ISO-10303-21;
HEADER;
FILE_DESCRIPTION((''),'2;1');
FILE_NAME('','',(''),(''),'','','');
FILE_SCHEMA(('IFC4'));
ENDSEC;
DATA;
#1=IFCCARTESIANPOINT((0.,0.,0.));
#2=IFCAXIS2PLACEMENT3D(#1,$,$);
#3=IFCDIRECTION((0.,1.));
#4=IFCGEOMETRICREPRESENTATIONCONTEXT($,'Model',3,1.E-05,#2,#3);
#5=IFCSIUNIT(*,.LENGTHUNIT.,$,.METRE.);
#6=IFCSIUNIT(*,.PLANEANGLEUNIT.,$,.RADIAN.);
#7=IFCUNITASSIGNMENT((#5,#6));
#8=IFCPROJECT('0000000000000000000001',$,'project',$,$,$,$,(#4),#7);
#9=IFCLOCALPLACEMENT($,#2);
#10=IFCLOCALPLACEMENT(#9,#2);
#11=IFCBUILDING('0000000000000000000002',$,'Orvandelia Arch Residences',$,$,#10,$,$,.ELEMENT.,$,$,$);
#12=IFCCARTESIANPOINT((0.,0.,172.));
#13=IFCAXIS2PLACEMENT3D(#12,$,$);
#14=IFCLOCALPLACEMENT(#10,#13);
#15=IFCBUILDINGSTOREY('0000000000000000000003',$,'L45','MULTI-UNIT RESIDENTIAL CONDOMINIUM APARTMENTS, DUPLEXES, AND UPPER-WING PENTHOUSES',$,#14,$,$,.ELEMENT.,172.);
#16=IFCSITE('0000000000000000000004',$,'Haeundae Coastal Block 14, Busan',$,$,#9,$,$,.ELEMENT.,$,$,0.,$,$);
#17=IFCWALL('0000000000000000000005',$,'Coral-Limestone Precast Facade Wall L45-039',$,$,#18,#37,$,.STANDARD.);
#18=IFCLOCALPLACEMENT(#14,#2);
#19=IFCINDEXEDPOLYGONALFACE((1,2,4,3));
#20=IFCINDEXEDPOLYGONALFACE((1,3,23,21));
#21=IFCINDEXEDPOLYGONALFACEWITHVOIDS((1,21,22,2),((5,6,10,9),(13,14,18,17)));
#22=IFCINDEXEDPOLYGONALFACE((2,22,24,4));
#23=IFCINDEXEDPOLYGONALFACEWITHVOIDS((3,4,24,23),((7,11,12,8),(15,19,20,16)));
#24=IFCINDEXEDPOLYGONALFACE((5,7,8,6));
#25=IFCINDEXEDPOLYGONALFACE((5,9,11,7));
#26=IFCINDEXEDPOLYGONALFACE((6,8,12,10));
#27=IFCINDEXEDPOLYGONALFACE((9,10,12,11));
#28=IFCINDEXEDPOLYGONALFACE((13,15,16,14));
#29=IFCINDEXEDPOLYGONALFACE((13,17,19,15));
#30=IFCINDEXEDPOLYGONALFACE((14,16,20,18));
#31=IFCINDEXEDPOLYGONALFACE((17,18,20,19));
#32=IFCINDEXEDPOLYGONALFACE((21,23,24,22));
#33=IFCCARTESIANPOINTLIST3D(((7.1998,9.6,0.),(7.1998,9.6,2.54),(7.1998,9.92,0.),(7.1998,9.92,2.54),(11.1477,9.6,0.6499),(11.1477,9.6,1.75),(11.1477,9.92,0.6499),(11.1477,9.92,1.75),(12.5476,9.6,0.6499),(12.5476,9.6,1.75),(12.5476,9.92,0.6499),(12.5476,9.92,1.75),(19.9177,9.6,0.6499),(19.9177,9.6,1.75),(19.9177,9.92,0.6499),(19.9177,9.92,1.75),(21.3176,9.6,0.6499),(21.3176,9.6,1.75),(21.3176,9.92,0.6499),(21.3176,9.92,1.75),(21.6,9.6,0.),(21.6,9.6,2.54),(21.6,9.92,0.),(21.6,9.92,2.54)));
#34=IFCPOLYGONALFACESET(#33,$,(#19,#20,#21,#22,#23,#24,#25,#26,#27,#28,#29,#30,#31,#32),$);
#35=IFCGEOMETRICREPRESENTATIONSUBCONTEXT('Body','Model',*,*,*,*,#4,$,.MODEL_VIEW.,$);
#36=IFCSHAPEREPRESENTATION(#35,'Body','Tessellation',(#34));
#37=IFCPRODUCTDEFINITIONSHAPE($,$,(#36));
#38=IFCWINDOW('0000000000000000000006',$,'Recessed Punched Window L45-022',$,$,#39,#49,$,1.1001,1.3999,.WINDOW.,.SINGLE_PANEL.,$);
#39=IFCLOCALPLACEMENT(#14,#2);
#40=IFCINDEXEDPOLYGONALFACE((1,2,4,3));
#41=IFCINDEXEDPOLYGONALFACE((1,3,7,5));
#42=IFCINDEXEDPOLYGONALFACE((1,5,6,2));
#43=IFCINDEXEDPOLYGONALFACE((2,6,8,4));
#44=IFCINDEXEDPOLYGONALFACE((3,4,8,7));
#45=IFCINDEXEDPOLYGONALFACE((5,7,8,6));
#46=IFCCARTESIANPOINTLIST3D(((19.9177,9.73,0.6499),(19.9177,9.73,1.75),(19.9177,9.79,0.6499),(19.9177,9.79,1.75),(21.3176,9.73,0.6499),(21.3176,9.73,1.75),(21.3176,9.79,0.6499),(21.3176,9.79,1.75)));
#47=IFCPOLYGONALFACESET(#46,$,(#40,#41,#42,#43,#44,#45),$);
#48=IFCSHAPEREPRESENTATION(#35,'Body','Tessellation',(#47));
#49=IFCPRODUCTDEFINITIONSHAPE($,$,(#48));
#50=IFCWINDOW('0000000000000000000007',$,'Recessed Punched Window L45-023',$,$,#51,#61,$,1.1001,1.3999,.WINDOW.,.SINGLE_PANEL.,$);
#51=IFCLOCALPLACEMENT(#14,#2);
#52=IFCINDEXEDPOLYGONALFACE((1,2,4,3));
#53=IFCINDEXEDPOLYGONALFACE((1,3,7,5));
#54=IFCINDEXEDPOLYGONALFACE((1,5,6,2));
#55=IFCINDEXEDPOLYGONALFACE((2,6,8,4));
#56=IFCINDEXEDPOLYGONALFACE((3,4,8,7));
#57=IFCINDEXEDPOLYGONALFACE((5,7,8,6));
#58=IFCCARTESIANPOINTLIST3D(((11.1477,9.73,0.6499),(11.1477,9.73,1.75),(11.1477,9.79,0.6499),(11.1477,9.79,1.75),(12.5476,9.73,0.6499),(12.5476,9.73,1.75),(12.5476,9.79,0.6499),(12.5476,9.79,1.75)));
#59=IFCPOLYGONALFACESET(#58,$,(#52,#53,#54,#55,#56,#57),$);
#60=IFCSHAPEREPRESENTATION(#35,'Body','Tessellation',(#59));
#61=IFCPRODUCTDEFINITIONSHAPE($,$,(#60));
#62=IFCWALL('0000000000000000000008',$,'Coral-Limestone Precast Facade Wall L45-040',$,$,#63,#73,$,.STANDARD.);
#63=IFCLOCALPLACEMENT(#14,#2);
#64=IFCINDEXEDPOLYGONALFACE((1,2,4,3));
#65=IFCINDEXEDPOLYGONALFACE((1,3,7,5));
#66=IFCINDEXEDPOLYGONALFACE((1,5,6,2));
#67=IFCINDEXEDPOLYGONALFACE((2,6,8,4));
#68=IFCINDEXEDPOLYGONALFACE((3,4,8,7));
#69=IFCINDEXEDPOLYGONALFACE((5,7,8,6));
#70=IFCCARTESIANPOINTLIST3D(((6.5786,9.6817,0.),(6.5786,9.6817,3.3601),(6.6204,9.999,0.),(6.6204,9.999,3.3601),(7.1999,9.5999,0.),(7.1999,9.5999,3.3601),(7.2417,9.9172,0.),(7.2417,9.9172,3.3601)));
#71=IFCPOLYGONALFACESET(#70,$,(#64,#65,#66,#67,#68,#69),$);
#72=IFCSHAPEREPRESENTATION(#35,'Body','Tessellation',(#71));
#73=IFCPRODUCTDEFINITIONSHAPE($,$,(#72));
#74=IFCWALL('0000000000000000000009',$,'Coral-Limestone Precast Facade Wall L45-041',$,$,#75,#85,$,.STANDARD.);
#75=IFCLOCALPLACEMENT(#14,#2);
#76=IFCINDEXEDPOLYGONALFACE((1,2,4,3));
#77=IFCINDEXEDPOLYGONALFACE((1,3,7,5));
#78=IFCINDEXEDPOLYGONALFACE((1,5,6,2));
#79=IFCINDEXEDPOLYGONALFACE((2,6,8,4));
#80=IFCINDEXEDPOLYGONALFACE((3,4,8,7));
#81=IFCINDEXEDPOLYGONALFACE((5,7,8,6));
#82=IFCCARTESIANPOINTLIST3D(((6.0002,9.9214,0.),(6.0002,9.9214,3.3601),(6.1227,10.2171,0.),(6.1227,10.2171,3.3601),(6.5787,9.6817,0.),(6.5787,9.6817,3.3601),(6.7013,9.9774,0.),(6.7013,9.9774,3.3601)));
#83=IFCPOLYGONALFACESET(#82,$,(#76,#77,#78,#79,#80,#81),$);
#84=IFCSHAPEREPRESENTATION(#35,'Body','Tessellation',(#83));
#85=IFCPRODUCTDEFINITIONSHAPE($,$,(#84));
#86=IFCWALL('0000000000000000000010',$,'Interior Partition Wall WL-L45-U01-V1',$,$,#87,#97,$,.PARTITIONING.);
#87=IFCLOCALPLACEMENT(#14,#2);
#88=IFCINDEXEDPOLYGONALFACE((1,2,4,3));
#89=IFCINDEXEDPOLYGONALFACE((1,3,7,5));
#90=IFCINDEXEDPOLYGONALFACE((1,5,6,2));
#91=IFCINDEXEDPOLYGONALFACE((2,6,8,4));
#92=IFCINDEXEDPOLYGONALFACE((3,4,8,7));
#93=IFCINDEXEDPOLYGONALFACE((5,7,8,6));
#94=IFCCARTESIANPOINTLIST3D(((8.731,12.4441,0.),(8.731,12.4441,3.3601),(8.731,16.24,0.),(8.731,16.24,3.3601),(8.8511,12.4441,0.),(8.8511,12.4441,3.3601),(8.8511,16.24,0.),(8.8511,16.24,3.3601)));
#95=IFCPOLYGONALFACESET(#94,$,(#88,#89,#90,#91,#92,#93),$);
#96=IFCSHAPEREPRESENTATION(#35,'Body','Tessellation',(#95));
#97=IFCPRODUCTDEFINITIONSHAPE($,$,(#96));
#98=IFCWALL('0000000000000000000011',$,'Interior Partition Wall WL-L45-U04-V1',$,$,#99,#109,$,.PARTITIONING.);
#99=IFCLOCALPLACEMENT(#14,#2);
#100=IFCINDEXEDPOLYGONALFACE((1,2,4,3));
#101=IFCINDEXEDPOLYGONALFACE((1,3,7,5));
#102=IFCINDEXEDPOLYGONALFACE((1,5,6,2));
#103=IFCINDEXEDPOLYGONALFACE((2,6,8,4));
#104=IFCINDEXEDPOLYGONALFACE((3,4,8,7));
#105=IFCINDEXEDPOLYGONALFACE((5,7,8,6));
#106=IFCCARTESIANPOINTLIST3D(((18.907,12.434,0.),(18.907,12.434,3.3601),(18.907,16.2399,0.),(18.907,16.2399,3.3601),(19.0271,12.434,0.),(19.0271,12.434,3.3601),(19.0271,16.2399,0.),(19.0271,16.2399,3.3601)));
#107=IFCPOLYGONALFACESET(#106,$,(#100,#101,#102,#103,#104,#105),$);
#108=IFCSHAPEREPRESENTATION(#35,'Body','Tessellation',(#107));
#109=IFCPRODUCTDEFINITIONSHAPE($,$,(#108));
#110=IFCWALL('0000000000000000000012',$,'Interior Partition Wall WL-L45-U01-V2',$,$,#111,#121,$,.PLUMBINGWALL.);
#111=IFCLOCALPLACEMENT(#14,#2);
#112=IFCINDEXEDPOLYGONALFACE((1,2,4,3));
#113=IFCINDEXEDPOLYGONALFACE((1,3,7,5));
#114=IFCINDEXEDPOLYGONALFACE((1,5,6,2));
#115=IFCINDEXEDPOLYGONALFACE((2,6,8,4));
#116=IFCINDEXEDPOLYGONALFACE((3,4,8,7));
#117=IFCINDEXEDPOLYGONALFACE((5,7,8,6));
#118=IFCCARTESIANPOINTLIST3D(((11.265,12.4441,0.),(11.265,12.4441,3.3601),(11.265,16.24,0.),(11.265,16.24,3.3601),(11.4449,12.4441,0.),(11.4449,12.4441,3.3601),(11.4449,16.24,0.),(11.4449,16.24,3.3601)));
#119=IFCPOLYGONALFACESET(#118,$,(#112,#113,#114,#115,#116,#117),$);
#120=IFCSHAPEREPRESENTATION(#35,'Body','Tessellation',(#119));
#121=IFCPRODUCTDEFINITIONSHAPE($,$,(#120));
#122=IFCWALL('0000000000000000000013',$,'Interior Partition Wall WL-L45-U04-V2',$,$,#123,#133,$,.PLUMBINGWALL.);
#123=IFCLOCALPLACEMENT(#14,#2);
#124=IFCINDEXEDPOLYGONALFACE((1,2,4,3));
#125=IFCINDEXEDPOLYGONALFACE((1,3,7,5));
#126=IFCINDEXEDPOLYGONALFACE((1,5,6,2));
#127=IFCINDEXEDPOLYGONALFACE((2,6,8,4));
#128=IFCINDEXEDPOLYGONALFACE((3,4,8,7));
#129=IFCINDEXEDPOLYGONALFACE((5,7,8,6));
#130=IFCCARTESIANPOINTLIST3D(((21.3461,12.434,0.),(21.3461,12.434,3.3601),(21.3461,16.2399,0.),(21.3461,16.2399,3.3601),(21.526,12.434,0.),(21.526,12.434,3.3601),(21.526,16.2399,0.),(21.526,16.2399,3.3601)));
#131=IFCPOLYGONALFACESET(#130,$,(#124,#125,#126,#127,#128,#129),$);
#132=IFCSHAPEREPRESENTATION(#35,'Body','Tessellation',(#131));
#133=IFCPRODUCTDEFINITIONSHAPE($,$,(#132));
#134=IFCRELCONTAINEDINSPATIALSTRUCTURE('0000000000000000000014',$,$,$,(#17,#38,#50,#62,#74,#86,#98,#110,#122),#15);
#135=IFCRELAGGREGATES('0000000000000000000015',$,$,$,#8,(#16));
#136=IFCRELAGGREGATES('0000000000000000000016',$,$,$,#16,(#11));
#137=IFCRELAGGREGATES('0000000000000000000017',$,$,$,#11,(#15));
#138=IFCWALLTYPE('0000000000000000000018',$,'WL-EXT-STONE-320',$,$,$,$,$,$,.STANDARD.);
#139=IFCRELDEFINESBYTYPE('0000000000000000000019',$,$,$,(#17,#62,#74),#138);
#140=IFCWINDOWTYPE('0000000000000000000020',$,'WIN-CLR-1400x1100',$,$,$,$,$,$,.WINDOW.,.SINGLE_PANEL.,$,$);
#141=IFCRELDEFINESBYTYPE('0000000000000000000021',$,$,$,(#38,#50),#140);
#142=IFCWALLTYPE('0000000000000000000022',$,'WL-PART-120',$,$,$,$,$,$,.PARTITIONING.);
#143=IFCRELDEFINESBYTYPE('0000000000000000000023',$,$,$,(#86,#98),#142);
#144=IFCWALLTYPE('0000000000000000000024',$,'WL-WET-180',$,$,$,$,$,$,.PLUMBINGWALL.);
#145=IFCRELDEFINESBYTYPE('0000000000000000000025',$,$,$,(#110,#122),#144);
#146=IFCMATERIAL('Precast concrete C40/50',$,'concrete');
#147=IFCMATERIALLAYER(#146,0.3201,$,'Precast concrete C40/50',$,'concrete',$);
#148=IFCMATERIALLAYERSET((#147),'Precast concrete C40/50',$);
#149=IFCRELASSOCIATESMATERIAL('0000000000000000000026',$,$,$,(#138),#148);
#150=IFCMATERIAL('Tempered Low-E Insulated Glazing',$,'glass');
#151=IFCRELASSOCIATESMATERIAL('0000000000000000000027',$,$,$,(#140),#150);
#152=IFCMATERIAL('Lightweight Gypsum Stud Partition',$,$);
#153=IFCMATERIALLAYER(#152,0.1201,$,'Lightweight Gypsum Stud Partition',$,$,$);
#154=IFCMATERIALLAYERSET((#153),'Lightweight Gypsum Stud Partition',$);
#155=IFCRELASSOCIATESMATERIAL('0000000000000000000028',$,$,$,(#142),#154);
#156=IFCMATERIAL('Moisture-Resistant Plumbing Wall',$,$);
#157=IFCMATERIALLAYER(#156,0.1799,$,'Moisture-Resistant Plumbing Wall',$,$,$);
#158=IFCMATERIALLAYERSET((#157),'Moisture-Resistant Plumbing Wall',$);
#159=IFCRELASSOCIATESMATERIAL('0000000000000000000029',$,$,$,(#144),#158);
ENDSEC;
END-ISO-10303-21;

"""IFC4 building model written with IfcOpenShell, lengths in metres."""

from ifc_helpers import new_model, si_unit, direction, frame, frame_2d, origin, place, context, subcontext, project, spatial, rectangle, extrude, material, layer, layer_set, type_object, element, fill, save


model = new_model("IFC4")

# Units and contexts
model_context = context("Model", 3, precision=1e-05, world=origin(), true_north=direction((0.0, 1.0)))
body_context = subcontext(model_context, "Body", "Model", "MODEL_VIEW")
ifc_project = project(units=[si_unit("LENGTHUNIT", "METRE"), si_unit("PLANEANGLEUNIT", "RADIAN")], contexts=[model_context])

# Site, building, storey
site_placement = place(None, origin())
site = spatial("IfcSite", under=ifc_project, at=site_placement, Name="Haeundae Coastal Block 14, Busan", CompositionType="ELEMENT", RefElevation=0.0)
building_placement = place(site_placement, origin())
building = spatial("IfcBuilding", under=site, at=building_placement, Name="Orvandelia Arch Residences", CompositionType="ELEMENT")
storey_placement = place(building_placement, frame((0.0, 0.0, 172.0)))
storey = spatial("IfcBuildingStorey", under=building, at=storey_placement, Name="L45", Description="MULTI-UNIT RESIDENTIAL CONDOMINIUM APARTMENTS, DUPLEXES, AND UPPER-WING PENTHOUSES", CompositionType="ELEMENT", Elevation=172.0)

# Shared definitions
ifc_material_1 = material(Name="Precast concrete C40/50", Category="concrete")
ifc_layer_1 = layer(ifc_material_1, 0.3201, Name="Precast concrete C40/50", Category="concrete")
ifc_layer_set_1 = layer_set([ifc_layer_1], Name="Precast concrete C40/50")
wall_type_1 = type_object("IfcWallType", Name="WL-EXT-STONE-320", PredefinedType="STANDARD", material=ifc_layer_set_1)

# Wall, openings, windows
wall_1_placement = place(storey_placement, frame((21.6001, 9.76, 0.0), z_axis=(0.0, 0.0, 1.0), x_axis=(-1.0, 0.0, 0.0)))
wall_1 = element("IfcWall", 1, at=wall_1_placement, inside=storey, type_object=wall_type_1, Name="Coral-Limestone Precast Facade Wall L45-039", PredefinedType="STANDARD", context=body_context, shape_type="SweptSolid", body=[
    extrude(rectangle(XDim=14.4001, YDim=0.3201, at=frame_2d((7.2002, 0.0))), origin(), (0.0, 0.0, 1.0), 2.54),
])
opening_1_placement = place(wall_1_placement, frame((0.2825, 0.0, 0.6499)))
opening_1 = element("IfcOpeningElement", 2, at=opening_1_placement, cuts=wall_1, PredefinedType="OPENING", context=body_context, shape_type="SweptSolid", body=[
    extrude(rectangle(XDim=1.3999, YDim=1.1001, at=frame_2d((0.7, 0.55))), frame((0.0, 0.1699, 0.0), z_axis=(0.0, -1.0, 0.0), x_axis=(1.0, 0.0, 0.0)), (0.0, 0.0, 1.0), 0.3401),
])
opening_2_placement = place(wall_1_placement, frame((9.0525, 0.0, 0.6499)))
opening_2 = element("IfcOpeningElement", 3, at=opening_2_placement, cuts=wall_1, PredefinedType="OPENING", context=body_context, shape_type="SweptSolid", body=[
    extrude(rectangle(XDim=1.3999, YDim=1.1001, at=frame_2d((0.7, 0.55))), frame((0.0, 0.1699, 0.0), z_axis=(0.0, -1.0, 0.0), x_axis=(1.0, 0.0, 0.0)), (0.0, 0.0, 1.0), 0.3401),
])
ifc_material_2 = material(Name="Tempered Low-E Insulated Glazing", Category="glass")
window_type = type_object("IfcWindowType", Name="WIN-CLR-1400x1100", PartitioningType="SINGLE_PANEL", PredefinedType="WINDOW", material=ifc_material_2)
window_1_placement = place(opening_1_placement, origin())
window_1 = element("IfcWindow", 4, at=window_1_placement, inside=storey, type_object=window_type, Name="Recessed Punched Window L45-022", OverallHeight=1.1001, OverallWidth=1.3999, PartitioningType="SINGLE_PANEL", PredefinedType="WINDOW", context=body_context, shape_type="SweptSolid", body=[
    extrude(rectangle(XDim=1.3999, YDim=1.1001, at=frame_2d((0.7, 0.55))), frame((0.0, 0.03, 0.0), z_axis=(0.0, -1.0, 0.0), x_axis=(1.0, 0.0, 0.0)), (0.0, 0.0, 1.0), 0.0601),
])
fill(opening_1, window_1)
window_2_placement = place(opening_2_placement, origin())
window_2 = element("IfcWindow", 5, at=window_2_placement, inside=storey, type_object=window_type, Name="Recessed Punched Window L45-023", OverallHeight=1.1001, OverallWidth=1.3999, PartitioningType="SINGLE_PANEL", PredefinedType="WINDOW", context=body_context, shape_type="SweptSolid", body=[
    extrude(rectangle(XDim=1.3999, YDim=1.1001, at=frame_2d((0.7, 0.55))), frame((0.0, 0.03, 0.0), z_axis=(0.0, -1.0, 0.0), x_axis=(1.0, 0.0, 0.0)), (0.0, 0.0, 1.0), 0.0601),
])
fill(opening_2, window_2)

# Walls
wall_2_placement = place(storey_placement, frame((7.2209, 9.7585, 0.0), z_axis=(0.0, 0.0, 1.0), x_axis=(-0.991448, 0.130505, 0.0)))
element("IfcWall", 6, at=wall_2_placement, inside=storey, type_object=wall_type_1, Name="Coral-Limestone Precast Facade Wall L45-040", PredefinedType="STANDARD", context=body_context, shape_type="SweptSolid", body=[
    extrude(rectangle(XDim=0.6267, YDim=0.3201, at=frame_2d((0.3135, 0.0))), origin(), (0.0, 0.0, 1.0), 3.3601),
])
wall_3_placement = place(storey_placement, frame((6.6399, 9.8296, 0.0), z_axis=(0.0, 0.0, 1.0), x_axis=(-0.923836, 0.382788, 0.0)))
element("IfcWall", 7, at=wall_3_placement, inside=storey, type_object=wall_type_1, Name="Coral-Limestone Precast Facade Wall L45-041", PredefinedType="STANDARD", context=body_context, shape_type="SweptSolid", body=[
    extrude(rectangle(XDim=0.6262, YDim=0.3201, at=frame_2d((0.313, 0.0))), origin(), (0.0, 0.0, 1.0), 3.3601),
])
ifc_material_3 = material(Name="Lightweight Gypsum Stud Partition")
ifc_layer_2 = layer(ifc_material_3, 0.1201, Name="Lightweight Gypsum Stud Partition")
ifc_layer_set_2 = layer_set([ifc_layer_2], Name="Lightweight Gypsum Stud Partition")
wall_type_2 = type_object("IfcWallType", Name="WL-PART-120", PredefinedType="PARTITIONING", material=ifc_layer_set_2)
wall_4_placement = place(storey_placement, frame((8.791, 12.4441, 0.0), z_axis=(0.0, 0.0, 1.0), x_axis=(0.0, 1.0, 0.0)))
element("IfcWall", 8, at=wall_4_placement, inside=storey, type_object=wall_type_2, Name="Interior Partition Wall WL-L45-U01-V1", PredefinedType="PARTITIONING", context=body_context, shape_type="SweptSolid", body=[
    extrude(rectangle(XDim=3.7959, YDim=0.1201, at=frame_2d((1.8979, 0.0))), origin(), (0.0, 0.0, 1.0), 3.3601),
])
wall_5_placement = place(storey_placement, frame((18.967, 12.4341, 0.0), z_axis=(0.0, 0.0, 1.0), x_axis=(0.0, 1.0, 0.0)))
element("IfcWall", 9, at=wall_5_placement, inside=storey, type_object=wall_type_2, Name="Interior Partition Wall WL-L45-U04-V1", PredefinedType="PARTITIONING", context=body_context, shape_type="SweptSolid", body=[
    extrude(rectangle(XDim=3.8059, YDim=0.1201, at=frame_2d((1.9028, 0.0))), origin(), (0.0, 0.0, 1.0), 3.3601),
])
ifc_material_4 = material(Name="Moisture-Resistant Plumbing Wall")
ifc_layer_3 = layer(ifc_material_4, 0.1799, Name="Moisture-Resistant Plumbing Wall")
ifc_layer_set_3 = layer_set([ifc_layer_3], Name="Moisture-Resistant Plumbing Wall")
wall_type_3 = type_object("IfcWallType", Name="WL-WET-180", PredefinedType="PLUMBINGWALL", material=ifc_layer_set_3)
wall_6_placement = place(storey_placement, frame((11.355, 12.4441, 0.0), z_axis=(0.0, 0.0, 1.0), x_axis=(0.0, 1.0, 0.0)))
element("IfcWall", 10, at=wall_6_placement, inside=storey, type_object=wall_type_3, Name="Interior Partition Wall WL-L45-U01-V2", PredefinedType="PLUMBINGWALL", context=body_context, shape_type="SweptSolid", body=[
    extrude(rectangle(XDim=3.7959, YDim=0.1799, at=frame_2d((1.8979, 0.0))), origin(), (0.0, 0.0, 1.0), 3.3601),
])

# Wall
wall_7_placement = place(storey_placement, frame((21.436, 12.4341, 0.0), z_axis=(0.0, 0.0, 1.0), x_axis=(0.0, 1.0, 0.0)))
element("IfcWall", 11, at=wall_7_placement, inside=storey, type_object=wall_type_3, Name="Interior Partition Wall WL-L45-U04-V2", PredefinedType="PLUMBINGWALL", context=body_context, shape_type="SweptSolid", body=[
    extrude(rectangle(XDim=3.8059, YDim=0.1799, at=frame_2d((1.9028, 0.0))), origin(), (0.0, 0.0, 1.0), 3.3601),
])

save(model, "model.ifc")
